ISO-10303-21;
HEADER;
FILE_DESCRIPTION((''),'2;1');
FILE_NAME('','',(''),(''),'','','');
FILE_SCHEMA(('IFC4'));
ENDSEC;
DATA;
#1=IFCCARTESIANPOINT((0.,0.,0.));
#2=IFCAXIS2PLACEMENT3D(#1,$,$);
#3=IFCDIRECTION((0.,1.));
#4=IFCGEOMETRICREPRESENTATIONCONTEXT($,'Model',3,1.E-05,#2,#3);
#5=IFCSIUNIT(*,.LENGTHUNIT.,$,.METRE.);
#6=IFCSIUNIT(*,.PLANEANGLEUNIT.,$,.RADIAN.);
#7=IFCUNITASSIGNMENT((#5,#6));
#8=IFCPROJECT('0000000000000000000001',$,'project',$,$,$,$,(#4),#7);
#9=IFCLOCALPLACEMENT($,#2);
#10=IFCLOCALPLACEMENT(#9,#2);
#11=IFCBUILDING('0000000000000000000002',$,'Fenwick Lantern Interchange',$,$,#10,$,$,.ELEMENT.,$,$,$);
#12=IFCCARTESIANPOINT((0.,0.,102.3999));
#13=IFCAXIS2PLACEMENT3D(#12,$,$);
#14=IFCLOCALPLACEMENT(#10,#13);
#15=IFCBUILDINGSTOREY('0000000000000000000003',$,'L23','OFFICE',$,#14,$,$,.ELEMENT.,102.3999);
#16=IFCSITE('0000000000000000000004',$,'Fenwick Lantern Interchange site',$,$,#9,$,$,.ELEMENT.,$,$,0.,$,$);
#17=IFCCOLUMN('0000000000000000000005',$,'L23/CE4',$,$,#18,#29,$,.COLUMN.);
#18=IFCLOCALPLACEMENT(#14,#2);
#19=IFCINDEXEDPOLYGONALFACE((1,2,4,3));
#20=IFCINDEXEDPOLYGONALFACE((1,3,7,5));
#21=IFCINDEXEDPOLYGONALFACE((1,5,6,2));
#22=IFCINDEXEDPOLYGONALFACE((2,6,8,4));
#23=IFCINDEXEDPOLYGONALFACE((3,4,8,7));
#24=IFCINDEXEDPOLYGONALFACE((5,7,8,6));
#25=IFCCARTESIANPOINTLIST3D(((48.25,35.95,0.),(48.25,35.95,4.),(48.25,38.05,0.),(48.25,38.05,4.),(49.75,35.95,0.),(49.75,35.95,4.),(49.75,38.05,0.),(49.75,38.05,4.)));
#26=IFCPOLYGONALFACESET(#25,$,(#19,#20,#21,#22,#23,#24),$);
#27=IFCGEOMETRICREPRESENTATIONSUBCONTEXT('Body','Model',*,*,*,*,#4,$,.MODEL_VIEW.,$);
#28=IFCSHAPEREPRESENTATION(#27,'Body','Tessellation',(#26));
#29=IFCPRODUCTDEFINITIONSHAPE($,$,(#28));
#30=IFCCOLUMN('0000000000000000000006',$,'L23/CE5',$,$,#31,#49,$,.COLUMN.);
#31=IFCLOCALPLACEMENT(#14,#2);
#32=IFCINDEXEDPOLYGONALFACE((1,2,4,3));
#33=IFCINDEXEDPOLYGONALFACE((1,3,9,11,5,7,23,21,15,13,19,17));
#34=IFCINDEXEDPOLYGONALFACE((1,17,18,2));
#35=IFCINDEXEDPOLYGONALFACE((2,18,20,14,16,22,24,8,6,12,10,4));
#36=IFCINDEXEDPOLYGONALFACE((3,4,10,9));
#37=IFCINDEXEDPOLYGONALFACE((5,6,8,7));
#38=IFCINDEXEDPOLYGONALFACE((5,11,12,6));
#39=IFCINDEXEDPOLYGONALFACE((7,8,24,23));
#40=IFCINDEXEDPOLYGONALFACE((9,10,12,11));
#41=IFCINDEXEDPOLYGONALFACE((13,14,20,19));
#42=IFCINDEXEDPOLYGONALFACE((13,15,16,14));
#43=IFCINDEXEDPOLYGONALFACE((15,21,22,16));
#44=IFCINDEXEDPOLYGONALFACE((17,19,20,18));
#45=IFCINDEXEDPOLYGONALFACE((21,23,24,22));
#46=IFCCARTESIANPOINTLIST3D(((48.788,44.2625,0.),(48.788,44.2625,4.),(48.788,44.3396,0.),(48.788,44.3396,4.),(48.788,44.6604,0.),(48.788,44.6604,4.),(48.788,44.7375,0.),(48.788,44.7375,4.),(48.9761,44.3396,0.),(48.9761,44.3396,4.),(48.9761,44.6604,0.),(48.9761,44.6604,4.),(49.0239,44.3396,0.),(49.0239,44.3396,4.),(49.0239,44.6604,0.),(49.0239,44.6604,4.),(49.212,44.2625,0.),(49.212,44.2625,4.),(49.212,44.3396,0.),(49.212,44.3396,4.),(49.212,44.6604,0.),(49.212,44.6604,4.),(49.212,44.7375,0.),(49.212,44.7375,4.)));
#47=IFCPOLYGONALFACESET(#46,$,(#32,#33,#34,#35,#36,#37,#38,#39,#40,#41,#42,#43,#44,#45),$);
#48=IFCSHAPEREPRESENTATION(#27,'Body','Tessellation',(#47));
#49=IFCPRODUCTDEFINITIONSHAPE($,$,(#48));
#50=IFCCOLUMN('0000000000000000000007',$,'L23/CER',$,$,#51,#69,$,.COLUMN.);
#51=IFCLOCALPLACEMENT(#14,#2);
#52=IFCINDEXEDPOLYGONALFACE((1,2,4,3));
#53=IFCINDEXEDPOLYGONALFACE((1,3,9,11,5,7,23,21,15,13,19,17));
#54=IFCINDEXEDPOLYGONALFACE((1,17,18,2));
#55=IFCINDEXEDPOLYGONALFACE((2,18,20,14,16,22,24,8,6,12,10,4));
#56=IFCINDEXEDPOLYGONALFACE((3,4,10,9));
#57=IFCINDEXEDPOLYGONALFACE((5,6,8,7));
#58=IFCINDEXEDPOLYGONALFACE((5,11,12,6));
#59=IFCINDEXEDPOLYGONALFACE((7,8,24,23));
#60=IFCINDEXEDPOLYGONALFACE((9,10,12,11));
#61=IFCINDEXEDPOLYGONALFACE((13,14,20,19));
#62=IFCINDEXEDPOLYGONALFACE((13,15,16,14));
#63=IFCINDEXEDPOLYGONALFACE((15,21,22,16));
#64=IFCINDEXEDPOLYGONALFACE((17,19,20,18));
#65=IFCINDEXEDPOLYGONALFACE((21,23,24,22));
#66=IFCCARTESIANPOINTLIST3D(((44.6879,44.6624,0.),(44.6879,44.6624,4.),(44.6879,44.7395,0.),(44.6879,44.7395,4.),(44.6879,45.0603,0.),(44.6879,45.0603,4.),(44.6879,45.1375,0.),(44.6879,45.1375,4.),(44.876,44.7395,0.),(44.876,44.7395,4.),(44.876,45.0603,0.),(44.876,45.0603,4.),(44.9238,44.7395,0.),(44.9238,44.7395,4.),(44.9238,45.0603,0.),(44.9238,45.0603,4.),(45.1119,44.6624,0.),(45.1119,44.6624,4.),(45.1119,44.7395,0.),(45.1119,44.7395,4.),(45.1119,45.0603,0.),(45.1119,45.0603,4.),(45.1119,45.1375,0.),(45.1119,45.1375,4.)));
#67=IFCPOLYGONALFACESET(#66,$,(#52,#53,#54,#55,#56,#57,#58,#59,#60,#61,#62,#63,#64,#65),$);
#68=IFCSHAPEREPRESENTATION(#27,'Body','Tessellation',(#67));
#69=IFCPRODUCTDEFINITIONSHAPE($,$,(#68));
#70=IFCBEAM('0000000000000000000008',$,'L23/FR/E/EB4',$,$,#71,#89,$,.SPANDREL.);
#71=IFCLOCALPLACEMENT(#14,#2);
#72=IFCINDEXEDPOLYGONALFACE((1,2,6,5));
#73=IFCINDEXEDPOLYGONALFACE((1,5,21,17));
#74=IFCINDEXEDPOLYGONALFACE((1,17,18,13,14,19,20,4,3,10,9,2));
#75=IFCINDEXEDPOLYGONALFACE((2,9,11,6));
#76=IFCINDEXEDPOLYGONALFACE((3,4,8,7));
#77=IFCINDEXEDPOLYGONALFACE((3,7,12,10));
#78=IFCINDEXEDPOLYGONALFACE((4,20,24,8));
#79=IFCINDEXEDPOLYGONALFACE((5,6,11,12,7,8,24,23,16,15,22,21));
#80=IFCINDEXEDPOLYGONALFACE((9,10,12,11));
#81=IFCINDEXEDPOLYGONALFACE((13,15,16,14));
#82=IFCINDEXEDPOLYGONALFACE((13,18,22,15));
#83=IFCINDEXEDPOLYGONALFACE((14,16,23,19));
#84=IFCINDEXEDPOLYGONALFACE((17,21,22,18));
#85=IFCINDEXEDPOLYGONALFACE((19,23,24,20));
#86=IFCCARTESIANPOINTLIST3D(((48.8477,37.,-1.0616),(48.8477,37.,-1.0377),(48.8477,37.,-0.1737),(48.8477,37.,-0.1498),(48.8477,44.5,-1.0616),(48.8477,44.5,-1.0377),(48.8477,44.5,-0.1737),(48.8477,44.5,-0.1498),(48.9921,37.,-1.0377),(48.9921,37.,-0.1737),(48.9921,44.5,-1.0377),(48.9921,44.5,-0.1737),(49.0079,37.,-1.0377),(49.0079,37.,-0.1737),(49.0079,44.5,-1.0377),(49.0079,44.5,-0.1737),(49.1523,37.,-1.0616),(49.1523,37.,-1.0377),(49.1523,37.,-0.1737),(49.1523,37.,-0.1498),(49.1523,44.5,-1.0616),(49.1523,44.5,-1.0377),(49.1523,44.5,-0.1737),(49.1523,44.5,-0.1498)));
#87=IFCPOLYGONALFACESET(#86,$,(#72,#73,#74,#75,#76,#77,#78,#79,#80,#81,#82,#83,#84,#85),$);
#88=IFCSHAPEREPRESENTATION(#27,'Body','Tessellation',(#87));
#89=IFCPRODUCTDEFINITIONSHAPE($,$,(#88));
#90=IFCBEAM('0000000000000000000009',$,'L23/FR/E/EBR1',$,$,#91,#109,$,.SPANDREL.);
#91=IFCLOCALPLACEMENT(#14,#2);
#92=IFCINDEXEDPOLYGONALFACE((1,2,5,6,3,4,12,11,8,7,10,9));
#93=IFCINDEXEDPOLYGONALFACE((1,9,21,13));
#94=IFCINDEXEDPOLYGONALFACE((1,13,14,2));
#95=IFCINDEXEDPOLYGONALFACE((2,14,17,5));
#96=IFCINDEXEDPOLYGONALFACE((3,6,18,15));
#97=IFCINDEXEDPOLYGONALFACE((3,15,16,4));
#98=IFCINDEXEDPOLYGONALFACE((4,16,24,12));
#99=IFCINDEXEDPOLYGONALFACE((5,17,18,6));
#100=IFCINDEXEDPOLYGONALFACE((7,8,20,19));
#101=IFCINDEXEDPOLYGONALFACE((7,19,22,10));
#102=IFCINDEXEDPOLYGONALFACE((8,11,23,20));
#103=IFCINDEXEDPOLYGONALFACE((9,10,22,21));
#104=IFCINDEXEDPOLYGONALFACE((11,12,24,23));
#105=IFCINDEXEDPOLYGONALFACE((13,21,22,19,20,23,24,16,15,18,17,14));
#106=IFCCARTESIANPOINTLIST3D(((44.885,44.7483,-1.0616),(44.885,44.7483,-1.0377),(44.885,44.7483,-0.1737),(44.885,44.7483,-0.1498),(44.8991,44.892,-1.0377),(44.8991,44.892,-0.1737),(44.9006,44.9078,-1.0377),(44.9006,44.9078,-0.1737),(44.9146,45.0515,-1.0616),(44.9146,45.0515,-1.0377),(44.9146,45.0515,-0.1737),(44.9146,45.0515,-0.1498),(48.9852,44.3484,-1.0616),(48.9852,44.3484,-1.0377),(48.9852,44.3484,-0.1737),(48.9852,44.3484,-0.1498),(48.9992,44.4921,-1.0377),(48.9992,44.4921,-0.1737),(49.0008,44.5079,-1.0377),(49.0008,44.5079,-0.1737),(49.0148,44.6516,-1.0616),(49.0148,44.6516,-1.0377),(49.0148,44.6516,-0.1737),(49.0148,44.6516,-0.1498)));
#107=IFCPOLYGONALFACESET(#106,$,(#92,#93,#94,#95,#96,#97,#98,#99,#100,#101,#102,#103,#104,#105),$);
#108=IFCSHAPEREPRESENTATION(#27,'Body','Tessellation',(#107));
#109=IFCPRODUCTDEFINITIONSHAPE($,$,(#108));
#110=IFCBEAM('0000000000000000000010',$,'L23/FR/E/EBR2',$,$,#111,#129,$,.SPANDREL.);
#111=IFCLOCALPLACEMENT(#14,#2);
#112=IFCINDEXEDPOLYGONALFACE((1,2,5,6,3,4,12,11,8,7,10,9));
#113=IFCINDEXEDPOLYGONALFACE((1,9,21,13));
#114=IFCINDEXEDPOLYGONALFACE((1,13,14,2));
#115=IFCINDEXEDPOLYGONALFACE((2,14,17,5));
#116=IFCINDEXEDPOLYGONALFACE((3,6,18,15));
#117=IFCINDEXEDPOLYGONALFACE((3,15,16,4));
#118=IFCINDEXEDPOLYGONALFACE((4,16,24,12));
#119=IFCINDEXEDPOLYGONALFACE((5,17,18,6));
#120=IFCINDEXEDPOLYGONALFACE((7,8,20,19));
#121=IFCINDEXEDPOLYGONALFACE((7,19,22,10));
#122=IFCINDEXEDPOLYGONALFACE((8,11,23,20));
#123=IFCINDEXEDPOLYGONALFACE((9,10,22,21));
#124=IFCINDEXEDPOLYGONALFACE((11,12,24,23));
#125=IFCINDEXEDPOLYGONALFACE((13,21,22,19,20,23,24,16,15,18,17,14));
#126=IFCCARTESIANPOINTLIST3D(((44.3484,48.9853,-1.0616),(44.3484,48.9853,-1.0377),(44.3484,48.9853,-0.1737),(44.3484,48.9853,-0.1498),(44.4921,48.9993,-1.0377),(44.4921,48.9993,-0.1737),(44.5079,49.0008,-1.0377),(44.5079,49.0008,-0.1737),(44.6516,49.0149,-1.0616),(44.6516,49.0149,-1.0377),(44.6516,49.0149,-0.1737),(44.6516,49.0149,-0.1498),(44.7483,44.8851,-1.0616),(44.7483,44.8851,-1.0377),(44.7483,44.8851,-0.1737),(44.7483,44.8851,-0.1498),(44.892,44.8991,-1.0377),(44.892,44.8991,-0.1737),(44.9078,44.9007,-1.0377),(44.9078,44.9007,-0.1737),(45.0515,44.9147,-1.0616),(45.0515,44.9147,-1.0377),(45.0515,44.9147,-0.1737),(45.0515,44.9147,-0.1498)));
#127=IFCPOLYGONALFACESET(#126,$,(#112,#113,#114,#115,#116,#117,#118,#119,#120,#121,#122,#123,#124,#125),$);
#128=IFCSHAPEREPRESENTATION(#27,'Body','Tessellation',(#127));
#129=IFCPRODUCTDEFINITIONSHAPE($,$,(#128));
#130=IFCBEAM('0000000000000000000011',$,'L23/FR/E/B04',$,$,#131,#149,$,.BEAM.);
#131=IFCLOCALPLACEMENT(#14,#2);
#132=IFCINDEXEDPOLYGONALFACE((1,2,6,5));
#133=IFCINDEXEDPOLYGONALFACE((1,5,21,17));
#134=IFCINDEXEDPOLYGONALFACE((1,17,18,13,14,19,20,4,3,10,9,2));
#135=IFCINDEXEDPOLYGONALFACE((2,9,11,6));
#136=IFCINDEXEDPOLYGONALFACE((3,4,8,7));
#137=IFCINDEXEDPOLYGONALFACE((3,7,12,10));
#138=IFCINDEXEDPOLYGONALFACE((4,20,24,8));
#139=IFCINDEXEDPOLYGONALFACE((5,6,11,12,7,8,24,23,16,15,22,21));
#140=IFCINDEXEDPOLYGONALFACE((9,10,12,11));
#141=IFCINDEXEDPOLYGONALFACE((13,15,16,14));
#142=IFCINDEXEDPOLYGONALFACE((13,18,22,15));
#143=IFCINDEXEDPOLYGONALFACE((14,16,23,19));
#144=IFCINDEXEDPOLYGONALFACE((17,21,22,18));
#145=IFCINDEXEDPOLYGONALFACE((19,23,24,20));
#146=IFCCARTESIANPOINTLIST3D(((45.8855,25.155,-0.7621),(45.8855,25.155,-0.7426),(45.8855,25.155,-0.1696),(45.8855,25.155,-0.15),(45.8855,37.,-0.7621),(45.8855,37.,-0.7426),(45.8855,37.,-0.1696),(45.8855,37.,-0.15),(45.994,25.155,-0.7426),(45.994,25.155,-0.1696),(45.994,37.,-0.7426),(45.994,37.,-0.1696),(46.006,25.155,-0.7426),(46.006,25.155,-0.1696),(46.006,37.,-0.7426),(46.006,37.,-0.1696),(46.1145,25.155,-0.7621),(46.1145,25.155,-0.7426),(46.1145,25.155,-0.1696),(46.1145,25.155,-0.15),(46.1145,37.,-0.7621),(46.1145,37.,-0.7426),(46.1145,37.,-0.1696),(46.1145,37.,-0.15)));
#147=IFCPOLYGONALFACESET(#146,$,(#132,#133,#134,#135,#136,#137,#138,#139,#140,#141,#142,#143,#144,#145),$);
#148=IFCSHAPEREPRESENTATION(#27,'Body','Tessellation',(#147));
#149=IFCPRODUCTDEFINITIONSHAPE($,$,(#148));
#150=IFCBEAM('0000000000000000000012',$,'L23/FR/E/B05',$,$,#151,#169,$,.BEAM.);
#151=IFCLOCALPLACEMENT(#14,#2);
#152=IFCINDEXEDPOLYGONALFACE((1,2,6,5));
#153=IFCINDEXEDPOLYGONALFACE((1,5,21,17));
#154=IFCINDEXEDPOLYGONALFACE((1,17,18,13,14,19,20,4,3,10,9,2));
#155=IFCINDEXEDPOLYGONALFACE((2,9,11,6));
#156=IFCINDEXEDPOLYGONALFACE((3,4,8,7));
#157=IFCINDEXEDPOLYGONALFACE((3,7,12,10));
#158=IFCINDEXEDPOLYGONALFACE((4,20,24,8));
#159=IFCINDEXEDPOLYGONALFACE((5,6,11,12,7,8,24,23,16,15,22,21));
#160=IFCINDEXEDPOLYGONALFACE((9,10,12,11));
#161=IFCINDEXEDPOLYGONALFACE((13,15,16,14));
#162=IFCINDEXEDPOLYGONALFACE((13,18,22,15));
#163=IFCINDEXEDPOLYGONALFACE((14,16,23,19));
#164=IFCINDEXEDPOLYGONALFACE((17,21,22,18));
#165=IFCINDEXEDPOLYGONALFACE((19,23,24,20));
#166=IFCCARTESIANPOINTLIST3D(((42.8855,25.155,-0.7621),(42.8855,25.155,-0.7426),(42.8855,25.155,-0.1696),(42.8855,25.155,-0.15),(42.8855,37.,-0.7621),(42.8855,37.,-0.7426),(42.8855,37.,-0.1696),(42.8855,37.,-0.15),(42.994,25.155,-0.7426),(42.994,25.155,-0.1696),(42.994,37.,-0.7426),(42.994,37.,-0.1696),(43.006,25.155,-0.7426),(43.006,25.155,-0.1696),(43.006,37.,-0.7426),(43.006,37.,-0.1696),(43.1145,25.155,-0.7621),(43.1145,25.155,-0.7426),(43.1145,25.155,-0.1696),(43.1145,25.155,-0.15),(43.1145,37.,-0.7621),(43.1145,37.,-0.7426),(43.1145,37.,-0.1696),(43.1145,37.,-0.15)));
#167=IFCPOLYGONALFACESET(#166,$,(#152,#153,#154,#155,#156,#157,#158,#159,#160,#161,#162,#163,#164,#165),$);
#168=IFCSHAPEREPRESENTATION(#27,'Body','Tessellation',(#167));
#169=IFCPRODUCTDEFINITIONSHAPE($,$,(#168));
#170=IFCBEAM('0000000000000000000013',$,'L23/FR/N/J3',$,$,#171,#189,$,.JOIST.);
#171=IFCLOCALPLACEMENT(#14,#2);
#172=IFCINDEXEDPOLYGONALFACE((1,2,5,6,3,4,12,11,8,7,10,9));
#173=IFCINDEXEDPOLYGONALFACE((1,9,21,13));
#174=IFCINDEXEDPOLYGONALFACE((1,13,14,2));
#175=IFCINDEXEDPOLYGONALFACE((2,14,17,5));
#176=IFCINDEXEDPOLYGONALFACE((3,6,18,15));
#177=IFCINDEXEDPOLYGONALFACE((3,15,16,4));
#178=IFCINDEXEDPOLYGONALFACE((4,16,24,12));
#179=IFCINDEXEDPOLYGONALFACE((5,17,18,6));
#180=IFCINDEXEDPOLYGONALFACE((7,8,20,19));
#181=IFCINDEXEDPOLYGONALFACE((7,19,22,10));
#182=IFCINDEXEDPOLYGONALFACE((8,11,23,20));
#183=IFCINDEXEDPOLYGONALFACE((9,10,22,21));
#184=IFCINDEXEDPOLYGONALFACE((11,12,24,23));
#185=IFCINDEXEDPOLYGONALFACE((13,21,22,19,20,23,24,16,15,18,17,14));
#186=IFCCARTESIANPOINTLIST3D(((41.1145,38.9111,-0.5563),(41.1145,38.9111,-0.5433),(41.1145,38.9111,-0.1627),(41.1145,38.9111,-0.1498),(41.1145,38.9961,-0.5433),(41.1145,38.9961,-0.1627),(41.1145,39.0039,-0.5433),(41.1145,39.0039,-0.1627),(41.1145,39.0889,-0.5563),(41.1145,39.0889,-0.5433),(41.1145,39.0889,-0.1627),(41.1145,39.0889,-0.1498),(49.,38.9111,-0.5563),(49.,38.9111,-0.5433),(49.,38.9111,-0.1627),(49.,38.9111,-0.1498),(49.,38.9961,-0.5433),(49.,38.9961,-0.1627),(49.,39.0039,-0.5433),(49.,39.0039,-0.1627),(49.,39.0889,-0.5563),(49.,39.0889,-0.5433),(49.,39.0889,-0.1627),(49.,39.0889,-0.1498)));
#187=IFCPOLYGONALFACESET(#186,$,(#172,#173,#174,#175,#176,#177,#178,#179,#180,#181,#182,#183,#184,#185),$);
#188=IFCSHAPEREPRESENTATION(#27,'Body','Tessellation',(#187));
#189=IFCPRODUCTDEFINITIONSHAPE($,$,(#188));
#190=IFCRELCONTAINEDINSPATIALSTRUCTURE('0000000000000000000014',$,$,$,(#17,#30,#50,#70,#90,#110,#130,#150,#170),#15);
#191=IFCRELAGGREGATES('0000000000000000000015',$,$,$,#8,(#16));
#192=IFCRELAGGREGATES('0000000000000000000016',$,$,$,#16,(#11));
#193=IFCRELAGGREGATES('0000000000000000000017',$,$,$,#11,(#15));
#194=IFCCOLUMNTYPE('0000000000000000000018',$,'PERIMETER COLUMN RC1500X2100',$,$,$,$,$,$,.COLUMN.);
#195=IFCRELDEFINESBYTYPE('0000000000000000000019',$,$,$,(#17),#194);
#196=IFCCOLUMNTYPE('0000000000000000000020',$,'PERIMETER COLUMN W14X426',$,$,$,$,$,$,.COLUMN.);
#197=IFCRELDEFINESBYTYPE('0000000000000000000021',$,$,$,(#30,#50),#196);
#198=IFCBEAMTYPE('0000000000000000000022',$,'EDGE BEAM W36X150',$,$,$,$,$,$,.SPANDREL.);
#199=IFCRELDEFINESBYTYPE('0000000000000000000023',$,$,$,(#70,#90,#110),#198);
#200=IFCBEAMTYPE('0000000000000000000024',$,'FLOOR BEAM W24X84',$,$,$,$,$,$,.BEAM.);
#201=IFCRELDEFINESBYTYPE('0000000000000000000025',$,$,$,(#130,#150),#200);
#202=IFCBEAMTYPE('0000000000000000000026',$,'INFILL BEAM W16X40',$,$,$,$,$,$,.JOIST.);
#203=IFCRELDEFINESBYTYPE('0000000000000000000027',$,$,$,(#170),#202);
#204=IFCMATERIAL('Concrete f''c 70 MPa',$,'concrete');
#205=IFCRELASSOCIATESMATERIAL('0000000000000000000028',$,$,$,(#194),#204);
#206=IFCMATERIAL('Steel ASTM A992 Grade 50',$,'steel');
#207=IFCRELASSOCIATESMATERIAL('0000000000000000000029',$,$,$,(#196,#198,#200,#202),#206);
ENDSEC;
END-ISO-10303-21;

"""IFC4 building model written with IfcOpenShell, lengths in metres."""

from ifc_helpers import new_model, si_unit, direction, frame, origin, origin_2d, place, context, subcontext, project, spatial, rectangle, i_section, extrude, material, material_profile, profile_set, type_object, element, save


model = new_model("IFC4")

# Units and contexts
model_context = context("Model", 3, precision=1e-05, world=origin(), true_north=direction((0.0, 1.0)))
body_context = subcontext(model_context, "Body", "Model", "MODEL_VIEW")
ifc_project = project(units=[si_unit("LENGTHUNIT", "METRE"), si_unit("PLANEANGLEUNIT", "RADIAN")], contexts=[model_context])

# Site, building, storey
site_placement = place(None, origin())
site = spatial("IfcSite", under=ifc_project, at=site_placement, Name="Fenwick Lantern Interchange site", CompositionType="ELEMENT", RefElevation=0.0)
building_placement = place(site_placement, origin())
building = spatial("IfcBuilding", under=site, at=building_placement, Name="Fenwick Lantern Interchange", CompositionType="ELEMENT")
storey_placement = place(building_placement, frame((0.0, 0.0, 102.3999)))
storey = spatial("IfcBuildingStorey", under=building, at=storey_placement, Name="L23", Description="OFFICE", CompositionType="ELEMENT", Elevation=102.3999)

# Columns
ifc_material_1 = material(Name="Concrete f'c 70 MPa", Category="concrete")
ifc_material_profile_1 = material_profile(ifc_material_1, rectangle(XDim=1.5, YDim=2.1001, at=origin_2d()), Name="RC1500X2100")
ifc_profile_set_1 = profile_set([ifc_material_profile_1], Name="Concrete f'c 70 MPa")
column_type_1 = type_object("IfcColumnType", Name="PERIMETER COLUMN RC1500X2100", PredefinedType="COLUMN", material=ifc_profile_set_1)
column_placement = place(storey_placement, frame((49.0, 37.0, 0.0), z_axis=(0.0, 0.0, 1.0), x_axis=(1.0, 0.0, 0.0)))
element("IfcColumn", 1, at=column_placement, inside=storey, type_object=column_type_1, Name="L23/CE4", PredefinedType="COLUMN", context=body_context, shape_type="SweptSolid", body=[
    extrude(rectangle(XDim=1.5, YDim=2.1001, at=origin_2d()), origin(), (0.0, 0.0, 1.0), 4.0),
])
ifc_material_2 = material(Name="Steel ASTM A992 Grade 50", Category="steel")
ifc_material_profile_2 = material_profile(ifc_material_2, i_section(OverallWidth=0.4241, OverallDepth=0.4751, WebThickness=0.0479, FlangeThickness=0.0771, at=origin_2d()), Name="W14X426")
ifc_profile_set_2 = profile_set([ifc_material_profile_2], Name="Steel ASTM A992 Grade 50")
column_type_2 = type_object("IfcColumnType", Name="PERIMETER COLUMN W14X426", PredefinedType="COLUMN", material=ifc_profile_set_2)
for number, where, z_axis, x_axis, name in (
    (2, (49.0, 44.5, 0.0), (0.0, 0.0, 1.0), (1.0, 0.0, 0.0), "L23/CE5"),
    (3, (44.8999, 44.8999, 0.0), (0.0, 0.0, 1.0), (1.0, 0.0, 0.0), "L23/CER"),
):
    element("IfcColumn", number, at=place(storey_placement, frame(where, z_axis=z_axis, x_axis=x_axis)), inside=storey, type_object=column_type_2, Name=name, PredefinedType="COLUMN", context=body_context, shape_type="SweptSolid", body=[
        extrude(i_section(OverallWidth=0.4241, OverallDepth=0.4751, WebThickness=0.0479, FlangeThickness=0.0771, at=origin_2d()), origin(), (0.0, 0.0, 1.0), 4.0),
    ])

# Beams
ifc_material_profile_3 = material_profile(ifc_material_2, i_section(OverallWidth=0.3047, OverallDepth=0.9119, WebThickness=0.0159, FlangeThickness=0.0239, at=origin_2d()), Name="W36X150")
ifc_profile_set_3 = profile_set([ifc_material_profile_3], Name="Steel ASTM A992 Grade 50")
beam_type_1 = type_object("IfcBeamType", Name="EDGE BEAM W36X150", PredefinedType="SPANDREL", material=ifc_profile_set_3)
beam_1_placement = place(storey_placement, frame((49.0, 37.0, -0.6057), z_axis=(0.0, 1.0, 0.0), x_axis=(-1.0, 0.0, 0.0)))
element("IfcBeam", 4, at=beam_1_placement, inside=storey, type_object=beam_type_1, Name="L23/FR/E/EB4", PredefinedType="SPANDREL", context=body_context, shape_type="SweptSolid", body=[
    extrude(i_section(OverallWidth=0.3047, OverallDepth=0.9119, WebThickness=0.0159, FlangeThickness=0.0239, at=origin_2d()), origin(), (0.0, 0.0, 1.0), 7.5),
])
for number, where, z_axis, x_axis, name in (
    (5, (49.0, 44.5, -0.6057), (-0.995277, 0.097074, 0.0), (-0.097074, -0.995277, 0.0), "L23/FR/E/EBR1"),
    (6, (44.8999, 44.8999, -0.6057), (-0.097074, 0.995277, 0.0), (-0.995277, -0.097074, 0.0), "L23/FR/E/EBR2"),
):
    element("IfcBeam", number, at=place(storey_placement, frame(where, z_axis=z_axis, x_axis=x_axis)), inside=storey, type_object=beam_type_1, Name=name, PredefinedType="SPANDREL", context=body_context, shape_type="SweptSolid", body=[
        extrude(i_section(OverallWidth=0.3047, OverallDepth=0.9119, WebThickness=0.0159, FlangeThickness=0.0239, at=origin_2d()), origin(), (0.0, 0.0, 1.0), 4.1196),
    ])
ifc_material_profile_4 = material_profile(ifc_material_2, i_section(OverallWidth=0.229, OverallDepth=0.6121, WebThickness=0.012, FlangeThickness=0.0195, at=origin_2d()), Name="W24X84")
ifc_profile_set_4 = profile_set([ifc_material_profile_4], Name="Steel ASTM A992 Grade 50")
beam_type_2 = type_object("IfcBeamType", Name="FLOOR BEAM W24X84", PredefinedType="BEAM", material=ifc_profile_set_4)
for number, where, z_axis, x_axis, name in (
    (7, (46.0, 25.155, -0.4561), (0.0, 1.0, 0.0), (-1.0, 0.0, 0.0), "L23/FR/E/B04"),
    (8, (43.0, 25.155, -0.4561), (0.0, 1.0, 0.0), (-1.0, 0.0, 0.0), "L23/FR/E/B05"),
):
    element("IfcBeam", number, at=place(storey_placement, frame(where, z_axis=z_axis, x_axis=x_axis)), inside=storey, type_object=beam_type_2, Name=name, PredefinedType="BEAM", context=body_context, shape_type="SweptSolid", body=[
        extrude(i_section(OverallWidth=0.229, OverallDepth=0.6121, WebThickness=0.012, FlangeThickness=0.0195, at=origin_2d()), origin(), (0.0, 0.0, 1.0), 11.845),
    ])
ifc_material_profile_5 = material_profile(ifc_material_2, i_section(OverallWidth=0.1777, OverallDepth=0.4065, WebThickness=0.0078, FlangeThickness=0.0129, at=origin_2d()), Name="W16X40")
ifc_profile_set_5 = profile_set([ifc_material_profile_5], Name="Steel ASTM A992 Grade 50")
beam_type_3 = type_object("IfcBeamType", Name="INFILL BEAM W16X40", PredefinedType="JOIST", material=ifc_profile_set_5)
beam_2_placement = place(storey_placement, frame((49.0, 39.0, -0.353), z_axis=(-1.0, 0.0, 0.0), x_axis=(0.0, -1.0, 0.0)))
element("IfcBeam", 9, at=beam_2_placement, inside=storey, type_object=beam_type_3, Name="L23/FR/N/J3", PredefinedType="JOIST", context=body_context, shape_type="SweptSolid", body=[
    extrude(i_section(OverallWidth=0.1777, OverallDepth=0.4065, WebThickness=0.0078, FlangeThickness=0.0129, at=origin_2d()), origin(), (0.0, 0.0, 1.0), 7.8855),
])

save(model, "model.ifc")
